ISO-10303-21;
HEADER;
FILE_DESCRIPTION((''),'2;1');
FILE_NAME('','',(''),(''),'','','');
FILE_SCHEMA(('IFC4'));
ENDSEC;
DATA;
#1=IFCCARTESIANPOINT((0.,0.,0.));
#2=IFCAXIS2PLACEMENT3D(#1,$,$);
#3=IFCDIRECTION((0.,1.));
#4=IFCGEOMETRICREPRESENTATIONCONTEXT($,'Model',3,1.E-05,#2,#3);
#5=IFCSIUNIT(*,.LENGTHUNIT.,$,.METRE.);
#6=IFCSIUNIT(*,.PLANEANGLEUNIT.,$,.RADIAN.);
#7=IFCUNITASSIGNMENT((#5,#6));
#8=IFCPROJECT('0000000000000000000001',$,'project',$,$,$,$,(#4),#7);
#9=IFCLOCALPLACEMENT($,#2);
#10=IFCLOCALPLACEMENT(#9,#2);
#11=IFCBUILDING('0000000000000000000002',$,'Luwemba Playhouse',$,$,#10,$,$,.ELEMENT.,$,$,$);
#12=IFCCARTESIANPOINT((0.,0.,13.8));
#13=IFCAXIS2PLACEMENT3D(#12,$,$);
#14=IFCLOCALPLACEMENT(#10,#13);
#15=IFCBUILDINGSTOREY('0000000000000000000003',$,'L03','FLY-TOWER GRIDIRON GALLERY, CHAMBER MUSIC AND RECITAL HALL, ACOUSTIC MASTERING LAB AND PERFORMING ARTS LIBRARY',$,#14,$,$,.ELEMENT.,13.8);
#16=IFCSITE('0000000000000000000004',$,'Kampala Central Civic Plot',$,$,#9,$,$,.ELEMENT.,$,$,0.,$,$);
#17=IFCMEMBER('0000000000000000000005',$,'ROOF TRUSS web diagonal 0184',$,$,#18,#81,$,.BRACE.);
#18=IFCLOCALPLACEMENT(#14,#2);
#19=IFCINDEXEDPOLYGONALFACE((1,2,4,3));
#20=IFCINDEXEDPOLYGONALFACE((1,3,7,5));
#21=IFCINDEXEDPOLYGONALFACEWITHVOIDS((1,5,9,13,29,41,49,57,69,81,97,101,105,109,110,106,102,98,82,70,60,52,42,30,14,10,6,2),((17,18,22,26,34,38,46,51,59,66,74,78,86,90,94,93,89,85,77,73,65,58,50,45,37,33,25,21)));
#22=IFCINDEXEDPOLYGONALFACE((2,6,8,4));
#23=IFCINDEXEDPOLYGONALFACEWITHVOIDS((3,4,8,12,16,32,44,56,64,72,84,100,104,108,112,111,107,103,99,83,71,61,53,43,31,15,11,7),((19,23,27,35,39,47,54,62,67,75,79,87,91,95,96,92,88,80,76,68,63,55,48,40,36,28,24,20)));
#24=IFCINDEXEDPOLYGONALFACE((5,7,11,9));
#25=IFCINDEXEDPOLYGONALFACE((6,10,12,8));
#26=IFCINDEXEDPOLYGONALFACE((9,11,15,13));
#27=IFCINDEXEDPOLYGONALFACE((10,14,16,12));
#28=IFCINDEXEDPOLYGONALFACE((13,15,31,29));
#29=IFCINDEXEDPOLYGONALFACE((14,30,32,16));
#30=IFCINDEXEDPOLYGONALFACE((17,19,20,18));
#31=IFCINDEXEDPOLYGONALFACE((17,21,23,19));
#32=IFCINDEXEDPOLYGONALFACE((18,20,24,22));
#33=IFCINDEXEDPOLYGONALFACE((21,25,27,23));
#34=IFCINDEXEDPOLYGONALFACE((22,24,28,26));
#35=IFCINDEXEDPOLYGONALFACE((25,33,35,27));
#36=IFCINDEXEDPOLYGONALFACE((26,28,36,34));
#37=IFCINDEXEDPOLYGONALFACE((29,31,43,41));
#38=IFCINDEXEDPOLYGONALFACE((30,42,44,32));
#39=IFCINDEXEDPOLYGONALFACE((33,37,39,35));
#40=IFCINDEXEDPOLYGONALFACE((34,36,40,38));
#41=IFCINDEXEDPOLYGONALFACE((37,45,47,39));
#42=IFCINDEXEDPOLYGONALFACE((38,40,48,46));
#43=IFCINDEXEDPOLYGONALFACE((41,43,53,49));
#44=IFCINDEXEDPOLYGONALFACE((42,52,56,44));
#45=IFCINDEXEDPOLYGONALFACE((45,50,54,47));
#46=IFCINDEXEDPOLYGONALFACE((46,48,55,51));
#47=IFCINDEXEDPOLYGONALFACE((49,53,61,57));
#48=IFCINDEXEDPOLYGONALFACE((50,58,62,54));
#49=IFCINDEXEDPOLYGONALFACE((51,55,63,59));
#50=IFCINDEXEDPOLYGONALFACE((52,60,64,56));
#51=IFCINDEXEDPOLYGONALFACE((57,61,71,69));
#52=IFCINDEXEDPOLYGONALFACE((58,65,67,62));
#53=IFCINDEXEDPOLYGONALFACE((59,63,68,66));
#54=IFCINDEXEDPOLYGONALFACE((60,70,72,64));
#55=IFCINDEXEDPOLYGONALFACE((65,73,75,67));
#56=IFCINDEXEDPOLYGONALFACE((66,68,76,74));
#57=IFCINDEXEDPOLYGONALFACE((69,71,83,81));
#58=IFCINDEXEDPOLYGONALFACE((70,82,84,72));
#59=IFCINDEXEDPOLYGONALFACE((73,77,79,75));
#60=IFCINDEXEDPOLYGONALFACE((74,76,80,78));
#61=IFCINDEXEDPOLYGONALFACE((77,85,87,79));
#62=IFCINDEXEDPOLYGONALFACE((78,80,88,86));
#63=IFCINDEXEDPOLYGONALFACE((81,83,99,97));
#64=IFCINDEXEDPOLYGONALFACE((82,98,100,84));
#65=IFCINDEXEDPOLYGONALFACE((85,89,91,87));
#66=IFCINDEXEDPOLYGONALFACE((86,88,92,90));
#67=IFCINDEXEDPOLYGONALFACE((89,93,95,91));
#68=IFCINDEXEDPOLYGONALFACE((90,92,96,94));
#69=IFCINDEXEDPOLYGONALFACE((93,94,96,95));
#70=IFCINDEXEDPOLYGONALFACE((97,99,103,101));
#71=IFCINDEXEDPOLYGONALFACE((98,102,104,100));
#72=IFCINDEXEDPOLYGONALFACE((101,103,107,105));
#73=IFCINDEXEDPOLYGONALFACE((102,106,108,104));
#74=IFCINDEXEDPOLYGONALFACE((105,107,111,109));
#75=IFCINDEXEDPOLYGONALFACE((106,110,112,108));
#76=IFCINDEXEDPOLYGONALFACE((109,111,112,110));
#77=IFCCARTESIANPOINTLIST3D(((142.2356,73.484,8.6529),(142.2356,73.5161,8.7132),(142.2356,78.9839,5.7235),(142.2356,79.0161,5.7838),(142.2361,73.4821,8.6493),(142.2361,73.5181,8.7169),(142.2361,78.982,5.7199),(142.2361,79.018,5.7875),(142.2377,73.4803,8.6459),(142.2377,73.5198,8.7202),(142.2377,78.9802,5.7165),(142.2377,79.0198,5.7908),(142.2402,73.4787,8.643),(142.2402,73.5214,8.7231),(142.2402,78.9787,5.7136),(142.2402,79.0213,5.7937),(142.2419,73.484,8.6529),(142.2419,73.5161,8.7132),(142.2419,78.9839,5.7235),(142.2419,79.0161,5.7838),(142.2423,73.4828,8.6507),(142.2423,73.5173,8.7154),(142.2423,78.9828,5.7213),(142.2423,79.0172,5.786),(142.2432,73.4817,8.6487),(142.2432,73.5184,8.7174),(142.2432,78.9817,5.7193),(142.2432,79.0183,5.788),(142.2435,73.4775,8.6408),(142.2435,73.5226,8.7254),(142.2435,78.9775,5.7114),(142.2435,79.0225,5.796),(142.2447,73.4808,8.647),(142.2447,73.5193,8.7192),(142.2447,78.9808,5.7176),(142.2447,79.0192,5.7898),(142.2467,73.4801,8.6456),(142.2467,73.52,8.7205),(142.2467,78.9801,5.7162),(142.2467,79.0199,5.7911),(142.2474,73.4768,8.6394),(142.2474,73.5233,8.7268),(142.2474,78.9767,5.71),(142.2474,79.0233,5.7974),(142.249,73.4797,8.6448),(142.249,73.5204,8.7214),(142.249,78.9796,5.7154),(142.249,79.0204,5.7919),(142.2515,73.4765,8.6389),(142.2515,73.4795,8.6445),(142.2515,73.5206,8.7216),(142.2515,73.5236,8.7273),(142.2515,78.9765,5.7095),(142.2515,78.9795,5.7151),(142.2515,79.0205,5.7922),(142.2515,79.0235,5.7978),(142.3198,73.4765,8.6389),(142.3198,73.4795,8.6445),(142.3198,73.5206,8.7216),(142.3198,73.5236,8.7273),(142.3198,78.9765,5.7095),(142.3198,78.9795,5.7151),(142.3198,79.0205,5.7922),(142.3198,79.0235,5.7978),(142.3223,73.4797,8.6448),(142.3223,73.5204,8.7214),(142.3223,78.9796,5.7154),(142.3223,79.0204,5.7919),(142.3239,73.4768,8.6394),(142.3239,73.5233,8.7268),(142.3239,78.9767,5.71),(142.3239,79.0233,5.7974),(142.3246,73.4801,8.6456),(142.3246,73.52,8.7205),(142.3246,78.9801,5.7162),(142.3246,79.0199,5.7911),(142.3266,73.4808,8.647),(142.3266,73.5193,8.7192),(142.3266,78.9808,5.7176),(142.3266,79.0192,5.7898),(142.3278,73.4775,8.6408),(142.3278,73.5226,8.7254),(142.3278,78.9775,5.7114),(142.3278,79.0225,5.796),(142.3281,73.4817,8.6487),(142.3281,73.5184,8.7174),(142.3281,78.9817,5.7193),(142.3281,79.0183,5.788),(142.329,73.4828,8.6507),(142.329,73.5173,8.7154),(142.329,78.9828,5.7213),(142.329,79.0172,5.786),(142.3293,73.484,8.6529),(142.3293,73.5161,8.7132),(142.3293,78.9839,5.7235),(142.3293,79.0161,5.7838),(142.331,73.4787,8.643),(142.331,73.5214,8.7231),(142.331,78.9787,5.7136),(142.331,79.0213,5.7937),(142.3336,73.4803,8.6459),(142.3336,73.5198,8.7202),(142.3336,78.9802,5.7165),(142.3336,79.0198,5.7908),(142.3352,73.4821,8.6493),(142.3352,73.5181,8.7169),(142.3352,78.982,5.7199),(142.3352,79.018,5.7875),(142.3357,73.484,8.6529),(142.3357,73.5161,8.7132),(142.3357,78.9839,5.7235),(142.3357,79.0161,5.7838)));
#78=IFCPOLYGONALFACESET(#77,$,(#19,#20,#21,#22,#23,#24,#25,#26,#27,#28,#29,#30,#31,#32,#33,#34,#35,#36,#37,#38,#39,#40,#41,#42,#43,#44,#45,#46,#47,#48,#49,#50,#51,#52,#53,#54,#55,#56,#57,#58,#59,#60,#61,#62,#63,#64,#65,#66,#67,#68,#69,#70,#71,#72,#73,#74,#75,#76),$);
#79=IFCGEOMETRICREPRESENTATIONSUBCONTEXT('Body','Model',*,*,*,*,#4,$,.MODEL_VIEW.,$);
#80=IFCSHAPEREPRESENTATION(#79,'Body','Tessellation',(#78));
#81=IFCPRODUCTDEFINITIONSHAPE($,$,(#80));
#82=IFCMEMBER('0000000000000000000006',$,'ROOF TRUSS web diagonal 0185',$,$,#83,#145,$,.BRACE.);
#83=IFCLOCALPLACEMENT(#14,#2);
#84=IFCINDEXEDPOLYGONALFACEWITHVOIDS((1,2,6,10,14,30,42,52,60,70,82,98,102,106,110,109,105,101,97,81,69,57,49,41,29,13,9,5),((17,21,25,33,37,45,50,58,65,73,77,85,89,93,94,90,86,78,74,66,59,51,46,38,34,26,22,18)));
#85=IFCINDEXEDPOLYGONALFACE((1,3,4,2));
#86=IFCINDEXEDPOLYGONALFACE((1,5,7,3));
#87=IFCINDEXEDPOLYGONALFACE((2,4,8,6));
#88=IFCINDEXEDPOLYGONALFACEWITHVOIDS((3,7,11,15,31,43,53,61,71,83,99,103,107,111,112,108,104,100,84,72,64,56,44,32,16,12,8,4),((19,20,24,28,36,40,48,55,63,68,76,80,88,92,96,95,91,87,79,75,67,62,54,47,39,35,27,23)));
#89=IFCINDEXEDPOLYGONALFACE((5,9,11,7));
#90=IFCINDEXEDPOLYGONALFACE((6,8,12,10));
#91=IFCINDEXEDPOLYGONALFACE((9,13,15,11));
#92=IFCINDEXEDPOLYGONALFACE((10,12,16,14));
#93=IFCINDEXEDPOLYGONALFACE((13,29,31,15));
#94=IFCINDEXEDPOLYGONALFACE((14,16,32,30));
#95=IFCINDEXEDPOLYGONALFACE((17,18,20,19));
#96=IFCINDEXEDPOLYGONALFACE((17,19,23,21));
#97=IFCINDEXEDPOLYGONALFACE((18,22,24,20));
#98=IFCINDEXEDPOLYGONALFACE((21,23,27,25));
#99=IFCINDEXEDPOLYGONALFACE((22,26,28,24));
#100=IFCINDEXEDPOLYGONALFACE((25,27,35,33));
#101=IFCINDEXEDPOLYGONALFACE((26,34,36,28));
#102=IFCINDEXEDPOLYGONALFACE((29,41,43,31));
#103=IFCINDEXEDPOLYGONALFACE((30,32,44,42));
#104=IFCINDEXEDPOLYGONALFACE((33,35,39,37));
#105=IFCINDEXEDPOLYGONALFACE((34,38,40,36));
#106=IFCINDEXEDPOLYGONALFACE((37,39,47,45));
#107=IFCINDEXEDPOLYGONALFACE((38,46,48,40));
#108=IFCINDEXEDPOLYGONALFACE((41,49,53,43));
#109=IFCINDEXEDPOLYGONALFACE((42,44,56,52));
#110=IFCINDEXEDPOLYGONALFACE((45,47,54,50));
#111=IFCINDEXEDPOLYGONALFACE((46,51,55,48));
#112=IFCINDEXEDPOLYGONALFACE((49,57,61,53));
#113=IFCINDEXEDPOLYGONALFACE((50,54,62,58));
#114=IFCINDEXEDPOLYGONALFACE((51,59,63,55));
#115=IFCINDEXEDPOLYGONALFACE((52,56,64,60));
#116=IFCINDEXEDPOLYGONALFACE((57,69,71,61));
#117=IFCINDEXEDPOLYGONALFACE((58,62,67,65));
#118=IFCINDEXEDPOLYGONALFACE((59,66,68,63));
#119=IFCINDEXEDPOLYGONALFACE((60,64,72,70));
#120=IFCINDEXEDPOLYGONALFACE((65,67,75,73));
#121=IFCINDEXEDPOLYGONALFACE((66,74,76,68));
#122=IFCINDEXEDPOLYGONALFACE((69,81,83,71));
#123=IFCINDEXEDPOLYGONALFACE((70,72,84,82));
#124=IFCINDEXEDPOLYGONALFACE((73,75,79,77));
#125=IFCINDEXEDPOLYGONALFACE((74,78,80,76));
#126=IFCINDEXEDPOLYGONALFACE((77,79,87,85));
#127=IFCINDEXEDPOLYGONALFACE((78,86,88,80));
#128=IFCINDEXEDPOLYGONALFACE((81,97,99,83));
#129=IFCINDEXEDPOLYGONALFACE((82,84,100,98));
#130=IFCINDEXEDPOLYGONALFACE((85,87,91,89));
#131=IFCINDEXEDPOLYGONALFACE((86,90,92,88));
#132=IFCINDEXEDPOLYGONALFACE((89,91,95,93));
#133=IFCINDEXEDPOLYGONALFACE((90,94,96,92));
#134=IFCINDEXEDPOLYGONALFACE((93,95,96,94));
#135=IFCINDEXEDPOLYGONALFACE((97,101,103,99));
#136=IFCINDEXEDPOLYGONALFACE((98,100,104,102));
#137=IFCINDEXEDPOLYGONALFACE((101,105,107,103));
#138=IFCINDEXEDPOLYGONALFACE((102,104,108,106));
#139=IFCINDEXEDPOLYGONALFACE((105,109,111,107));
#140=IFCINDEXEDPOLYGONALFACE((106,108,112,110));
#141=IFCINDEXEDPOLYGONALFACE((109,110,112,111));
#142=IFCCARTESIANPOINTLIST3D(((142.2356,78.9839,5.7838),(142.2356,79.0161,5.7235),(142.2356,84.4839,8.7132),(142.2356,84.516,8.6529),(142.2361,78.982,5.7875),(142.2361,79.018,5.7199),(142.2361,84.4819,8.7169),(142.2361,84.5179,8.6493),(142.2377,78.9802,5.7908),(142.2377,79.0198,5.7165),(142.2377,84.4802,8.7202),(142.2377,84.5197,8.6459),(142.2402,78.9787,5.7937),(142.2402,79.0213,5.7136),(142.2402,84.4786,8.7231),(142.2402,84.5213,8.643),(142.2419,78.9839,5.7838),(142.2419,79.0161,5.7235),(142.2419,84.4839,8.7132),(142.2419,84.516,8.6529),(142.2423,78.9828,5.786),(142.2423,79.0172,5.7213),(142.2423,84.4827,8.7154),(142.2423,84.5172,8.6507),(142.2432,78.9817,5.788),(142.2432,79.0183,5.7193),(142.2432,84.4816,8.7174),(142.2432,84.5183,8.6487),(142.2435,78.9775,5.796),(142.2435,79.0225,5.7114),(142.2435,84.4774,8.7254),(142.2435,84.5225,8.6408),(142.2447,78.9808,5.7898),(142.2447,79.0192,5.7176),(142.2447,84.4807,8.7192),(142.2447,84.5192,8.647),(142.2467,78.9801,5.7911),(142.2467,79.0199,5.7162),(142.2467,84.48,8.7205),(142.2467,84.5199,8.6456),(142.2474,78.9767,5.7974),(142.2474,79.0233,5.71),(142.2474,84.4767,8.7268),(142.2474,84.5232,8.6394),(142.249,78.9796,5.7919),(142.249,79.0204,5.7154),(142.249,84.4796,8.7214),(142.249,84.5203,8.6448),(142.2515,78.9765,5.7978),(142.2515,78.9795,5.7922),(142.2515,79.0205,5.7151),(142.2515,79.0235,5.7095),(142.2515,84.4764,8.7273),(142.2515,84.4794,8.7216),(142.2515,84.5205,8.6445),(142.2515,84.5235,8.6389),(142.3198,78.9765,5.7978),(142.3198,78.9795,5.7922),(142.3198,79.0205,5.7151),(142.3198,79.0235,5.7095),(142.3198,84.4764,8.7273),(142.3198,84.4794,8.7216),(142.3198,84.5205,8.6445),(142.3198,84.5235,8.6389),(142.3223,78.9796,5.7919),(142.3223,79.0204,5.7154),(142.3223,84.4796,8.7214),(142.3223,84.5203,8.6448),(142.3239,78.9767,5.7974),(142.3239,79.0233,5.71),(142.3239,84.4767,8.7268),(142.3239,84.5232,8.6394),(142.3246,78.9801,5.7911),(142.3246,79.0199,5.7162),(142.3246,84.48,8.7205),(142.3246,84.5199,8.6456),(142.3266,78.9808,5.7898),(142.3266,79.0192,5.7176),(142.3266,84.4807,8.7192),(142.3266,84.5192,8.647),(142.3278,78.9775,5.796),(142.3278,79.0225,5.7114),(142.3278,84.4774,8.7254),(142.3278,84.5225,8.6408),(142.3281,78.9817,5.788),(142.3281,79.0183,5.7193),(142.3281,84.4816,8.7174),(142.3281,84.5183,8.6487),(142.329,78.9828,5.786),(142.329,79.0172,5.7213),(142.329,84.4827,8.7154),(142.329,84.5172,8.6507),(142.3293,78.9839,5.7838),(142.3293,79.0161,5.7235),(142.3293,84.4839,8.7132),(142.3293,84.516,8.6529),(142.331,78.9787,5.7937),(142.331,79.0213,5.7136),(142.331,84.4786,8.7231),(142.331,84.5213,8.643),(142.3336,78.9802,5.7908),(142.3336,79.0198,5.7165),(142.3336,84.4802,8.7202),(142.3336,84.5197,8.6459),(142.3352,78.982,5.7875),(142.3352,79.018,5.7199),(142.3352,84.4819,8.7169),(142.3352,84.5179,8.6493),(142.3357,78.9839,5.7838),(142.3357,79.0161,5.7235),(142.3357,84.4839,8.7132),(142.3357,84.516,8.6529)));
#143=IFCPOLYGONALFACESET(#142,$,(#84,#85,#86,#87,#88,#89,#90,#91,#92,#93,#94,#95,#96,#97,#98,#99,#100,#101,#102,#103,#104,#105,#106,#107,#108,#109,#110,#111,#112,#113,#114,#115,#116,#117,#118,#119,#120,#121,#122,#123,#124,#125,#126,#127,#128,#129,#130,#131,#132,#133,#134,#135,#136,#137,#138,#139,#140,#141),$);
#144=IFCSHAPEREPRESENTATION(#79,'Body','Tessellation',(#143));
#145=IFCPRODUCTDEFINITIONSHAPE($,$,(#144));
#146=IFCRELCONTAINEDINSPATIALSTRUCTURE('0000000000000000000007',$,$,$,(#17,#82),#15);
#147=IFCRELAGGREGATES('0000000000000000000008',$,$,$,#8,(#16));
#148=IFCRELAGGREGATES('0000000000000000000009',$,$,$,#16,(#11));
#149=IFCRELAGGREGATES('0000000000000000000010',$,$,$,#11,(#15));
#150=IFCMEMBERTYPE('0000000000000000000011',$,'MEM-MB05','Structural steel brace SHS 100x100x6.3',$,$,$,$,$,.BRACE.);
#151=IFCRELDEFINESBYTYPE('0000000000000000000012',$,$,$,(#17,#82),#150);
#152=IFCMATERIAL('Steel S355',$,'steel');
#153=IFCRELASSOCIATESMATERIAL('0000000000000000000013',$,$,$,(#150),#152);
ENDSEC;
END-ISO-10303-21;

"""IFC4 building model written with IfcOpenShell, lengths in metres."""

from ifc_helpers import new_model, si_unit, direction, frame, origin, origin_2d, place, context, subcontext, project, spatial, hollow_rectangle, extrude, material, material_profile, profile_set, type_object, element, save


model = new_model("IFC4")

# Units and contexts
model_context = context("Model", 3, precision=1e-05, world=origin(), true_north=direction((0.0, 1.0)))
body_context = subcontext(model_context, "Body", "Model", "MODEL_VIEW")
ifc_project = project(units=[si_unit("LENGTHUNIT", "METRE"), si_unit("PLANEANGLEUNIT", "RADIAN")], contexts=[model_context])

# Site, building, storey
site_placement = place(None, origin())
site = spatial("IfcSite", under=ifc_project, at=site_placement, Name="Kampala Central Civic Plot", CompositionType="ELEMENT", RefElevation=0.0)
building_placement = place(site_placement, origin())
building = spatial("IfcBuilding", under=site, at=building_placement, Name="Luwemba Playhouse", CompositionType="ELEMENT")
storey_placement = place(building_placement, frame((0.0, 0.0, 13.8)))
storey = spatial("IfcBuildingStorey", under=building, at=storey_placement, Name="L03", Description="FLY-TOWER GRIDIRON GALLERY, CHAMBER MUSIC AND RECITAL HALL, ACOUSTIC MASTERING LAB AND PERFORMING ARTS LIBRARY", CompositionType="ELEMENT", Elevation=13.8)

# Shared definitions
ifc_material_1 = material(Name="Steel S355", Category="steel")

# Members
ifc_material_profile_1 = material_profile(ifc_material_1, hollow_rectangle(XDim=0.1001, YDim=0.1001, WallThickness=0.0063, InnerFilletRadius=0.0095, OuterFilletRadius=0.0159, at=origin_2d()))
ifc_profile_set_1 = profile_set([ifc_material_profile_1], Name="Steel S355")
member_type_1 = type_object("IfcMemberType", Name="MEM-MB05", Description="Structural steel brace SHS 100x100x6.3", PredefinedType="BRACE", material=ifc_profile_set_1)
for number, where, z_axis, x_axis, name in (
    (1, (142.2856, 79.0, 5.7537), (0.0, -0.882612, 0.470102), (1.0, 0.0, 0.0), "ROOF TRUSS web diagonal 0184"),
    (2, (142.2856, 79.0, 5.7537), (0.0, 0.882612, 0.470102), (-1.0, 0.0, 0.0), "ROOF TRUSS web diagonal 0185"),
):
    element("IfcMember", number, at=place(storey_placement, frame(where, z_axis=z_axis, x_axis=x_axis)), inside=storey, type_object=member_type_1, Name=name, PredefinedType="BRACE", context=body_context, shape_type="SweptSolid", body=[
        extrude(hollow_rectangle(XDim=0.1001, YDim=0.1001, WallThickness=0.0063, InnerFilletRadius=0.0095, OuterFilletRadius=0.0159, at=origin_2d()), origin(), (0.0, 0.0, 1.0), 6.2314),
    ])

save(model, "model.ifc")
